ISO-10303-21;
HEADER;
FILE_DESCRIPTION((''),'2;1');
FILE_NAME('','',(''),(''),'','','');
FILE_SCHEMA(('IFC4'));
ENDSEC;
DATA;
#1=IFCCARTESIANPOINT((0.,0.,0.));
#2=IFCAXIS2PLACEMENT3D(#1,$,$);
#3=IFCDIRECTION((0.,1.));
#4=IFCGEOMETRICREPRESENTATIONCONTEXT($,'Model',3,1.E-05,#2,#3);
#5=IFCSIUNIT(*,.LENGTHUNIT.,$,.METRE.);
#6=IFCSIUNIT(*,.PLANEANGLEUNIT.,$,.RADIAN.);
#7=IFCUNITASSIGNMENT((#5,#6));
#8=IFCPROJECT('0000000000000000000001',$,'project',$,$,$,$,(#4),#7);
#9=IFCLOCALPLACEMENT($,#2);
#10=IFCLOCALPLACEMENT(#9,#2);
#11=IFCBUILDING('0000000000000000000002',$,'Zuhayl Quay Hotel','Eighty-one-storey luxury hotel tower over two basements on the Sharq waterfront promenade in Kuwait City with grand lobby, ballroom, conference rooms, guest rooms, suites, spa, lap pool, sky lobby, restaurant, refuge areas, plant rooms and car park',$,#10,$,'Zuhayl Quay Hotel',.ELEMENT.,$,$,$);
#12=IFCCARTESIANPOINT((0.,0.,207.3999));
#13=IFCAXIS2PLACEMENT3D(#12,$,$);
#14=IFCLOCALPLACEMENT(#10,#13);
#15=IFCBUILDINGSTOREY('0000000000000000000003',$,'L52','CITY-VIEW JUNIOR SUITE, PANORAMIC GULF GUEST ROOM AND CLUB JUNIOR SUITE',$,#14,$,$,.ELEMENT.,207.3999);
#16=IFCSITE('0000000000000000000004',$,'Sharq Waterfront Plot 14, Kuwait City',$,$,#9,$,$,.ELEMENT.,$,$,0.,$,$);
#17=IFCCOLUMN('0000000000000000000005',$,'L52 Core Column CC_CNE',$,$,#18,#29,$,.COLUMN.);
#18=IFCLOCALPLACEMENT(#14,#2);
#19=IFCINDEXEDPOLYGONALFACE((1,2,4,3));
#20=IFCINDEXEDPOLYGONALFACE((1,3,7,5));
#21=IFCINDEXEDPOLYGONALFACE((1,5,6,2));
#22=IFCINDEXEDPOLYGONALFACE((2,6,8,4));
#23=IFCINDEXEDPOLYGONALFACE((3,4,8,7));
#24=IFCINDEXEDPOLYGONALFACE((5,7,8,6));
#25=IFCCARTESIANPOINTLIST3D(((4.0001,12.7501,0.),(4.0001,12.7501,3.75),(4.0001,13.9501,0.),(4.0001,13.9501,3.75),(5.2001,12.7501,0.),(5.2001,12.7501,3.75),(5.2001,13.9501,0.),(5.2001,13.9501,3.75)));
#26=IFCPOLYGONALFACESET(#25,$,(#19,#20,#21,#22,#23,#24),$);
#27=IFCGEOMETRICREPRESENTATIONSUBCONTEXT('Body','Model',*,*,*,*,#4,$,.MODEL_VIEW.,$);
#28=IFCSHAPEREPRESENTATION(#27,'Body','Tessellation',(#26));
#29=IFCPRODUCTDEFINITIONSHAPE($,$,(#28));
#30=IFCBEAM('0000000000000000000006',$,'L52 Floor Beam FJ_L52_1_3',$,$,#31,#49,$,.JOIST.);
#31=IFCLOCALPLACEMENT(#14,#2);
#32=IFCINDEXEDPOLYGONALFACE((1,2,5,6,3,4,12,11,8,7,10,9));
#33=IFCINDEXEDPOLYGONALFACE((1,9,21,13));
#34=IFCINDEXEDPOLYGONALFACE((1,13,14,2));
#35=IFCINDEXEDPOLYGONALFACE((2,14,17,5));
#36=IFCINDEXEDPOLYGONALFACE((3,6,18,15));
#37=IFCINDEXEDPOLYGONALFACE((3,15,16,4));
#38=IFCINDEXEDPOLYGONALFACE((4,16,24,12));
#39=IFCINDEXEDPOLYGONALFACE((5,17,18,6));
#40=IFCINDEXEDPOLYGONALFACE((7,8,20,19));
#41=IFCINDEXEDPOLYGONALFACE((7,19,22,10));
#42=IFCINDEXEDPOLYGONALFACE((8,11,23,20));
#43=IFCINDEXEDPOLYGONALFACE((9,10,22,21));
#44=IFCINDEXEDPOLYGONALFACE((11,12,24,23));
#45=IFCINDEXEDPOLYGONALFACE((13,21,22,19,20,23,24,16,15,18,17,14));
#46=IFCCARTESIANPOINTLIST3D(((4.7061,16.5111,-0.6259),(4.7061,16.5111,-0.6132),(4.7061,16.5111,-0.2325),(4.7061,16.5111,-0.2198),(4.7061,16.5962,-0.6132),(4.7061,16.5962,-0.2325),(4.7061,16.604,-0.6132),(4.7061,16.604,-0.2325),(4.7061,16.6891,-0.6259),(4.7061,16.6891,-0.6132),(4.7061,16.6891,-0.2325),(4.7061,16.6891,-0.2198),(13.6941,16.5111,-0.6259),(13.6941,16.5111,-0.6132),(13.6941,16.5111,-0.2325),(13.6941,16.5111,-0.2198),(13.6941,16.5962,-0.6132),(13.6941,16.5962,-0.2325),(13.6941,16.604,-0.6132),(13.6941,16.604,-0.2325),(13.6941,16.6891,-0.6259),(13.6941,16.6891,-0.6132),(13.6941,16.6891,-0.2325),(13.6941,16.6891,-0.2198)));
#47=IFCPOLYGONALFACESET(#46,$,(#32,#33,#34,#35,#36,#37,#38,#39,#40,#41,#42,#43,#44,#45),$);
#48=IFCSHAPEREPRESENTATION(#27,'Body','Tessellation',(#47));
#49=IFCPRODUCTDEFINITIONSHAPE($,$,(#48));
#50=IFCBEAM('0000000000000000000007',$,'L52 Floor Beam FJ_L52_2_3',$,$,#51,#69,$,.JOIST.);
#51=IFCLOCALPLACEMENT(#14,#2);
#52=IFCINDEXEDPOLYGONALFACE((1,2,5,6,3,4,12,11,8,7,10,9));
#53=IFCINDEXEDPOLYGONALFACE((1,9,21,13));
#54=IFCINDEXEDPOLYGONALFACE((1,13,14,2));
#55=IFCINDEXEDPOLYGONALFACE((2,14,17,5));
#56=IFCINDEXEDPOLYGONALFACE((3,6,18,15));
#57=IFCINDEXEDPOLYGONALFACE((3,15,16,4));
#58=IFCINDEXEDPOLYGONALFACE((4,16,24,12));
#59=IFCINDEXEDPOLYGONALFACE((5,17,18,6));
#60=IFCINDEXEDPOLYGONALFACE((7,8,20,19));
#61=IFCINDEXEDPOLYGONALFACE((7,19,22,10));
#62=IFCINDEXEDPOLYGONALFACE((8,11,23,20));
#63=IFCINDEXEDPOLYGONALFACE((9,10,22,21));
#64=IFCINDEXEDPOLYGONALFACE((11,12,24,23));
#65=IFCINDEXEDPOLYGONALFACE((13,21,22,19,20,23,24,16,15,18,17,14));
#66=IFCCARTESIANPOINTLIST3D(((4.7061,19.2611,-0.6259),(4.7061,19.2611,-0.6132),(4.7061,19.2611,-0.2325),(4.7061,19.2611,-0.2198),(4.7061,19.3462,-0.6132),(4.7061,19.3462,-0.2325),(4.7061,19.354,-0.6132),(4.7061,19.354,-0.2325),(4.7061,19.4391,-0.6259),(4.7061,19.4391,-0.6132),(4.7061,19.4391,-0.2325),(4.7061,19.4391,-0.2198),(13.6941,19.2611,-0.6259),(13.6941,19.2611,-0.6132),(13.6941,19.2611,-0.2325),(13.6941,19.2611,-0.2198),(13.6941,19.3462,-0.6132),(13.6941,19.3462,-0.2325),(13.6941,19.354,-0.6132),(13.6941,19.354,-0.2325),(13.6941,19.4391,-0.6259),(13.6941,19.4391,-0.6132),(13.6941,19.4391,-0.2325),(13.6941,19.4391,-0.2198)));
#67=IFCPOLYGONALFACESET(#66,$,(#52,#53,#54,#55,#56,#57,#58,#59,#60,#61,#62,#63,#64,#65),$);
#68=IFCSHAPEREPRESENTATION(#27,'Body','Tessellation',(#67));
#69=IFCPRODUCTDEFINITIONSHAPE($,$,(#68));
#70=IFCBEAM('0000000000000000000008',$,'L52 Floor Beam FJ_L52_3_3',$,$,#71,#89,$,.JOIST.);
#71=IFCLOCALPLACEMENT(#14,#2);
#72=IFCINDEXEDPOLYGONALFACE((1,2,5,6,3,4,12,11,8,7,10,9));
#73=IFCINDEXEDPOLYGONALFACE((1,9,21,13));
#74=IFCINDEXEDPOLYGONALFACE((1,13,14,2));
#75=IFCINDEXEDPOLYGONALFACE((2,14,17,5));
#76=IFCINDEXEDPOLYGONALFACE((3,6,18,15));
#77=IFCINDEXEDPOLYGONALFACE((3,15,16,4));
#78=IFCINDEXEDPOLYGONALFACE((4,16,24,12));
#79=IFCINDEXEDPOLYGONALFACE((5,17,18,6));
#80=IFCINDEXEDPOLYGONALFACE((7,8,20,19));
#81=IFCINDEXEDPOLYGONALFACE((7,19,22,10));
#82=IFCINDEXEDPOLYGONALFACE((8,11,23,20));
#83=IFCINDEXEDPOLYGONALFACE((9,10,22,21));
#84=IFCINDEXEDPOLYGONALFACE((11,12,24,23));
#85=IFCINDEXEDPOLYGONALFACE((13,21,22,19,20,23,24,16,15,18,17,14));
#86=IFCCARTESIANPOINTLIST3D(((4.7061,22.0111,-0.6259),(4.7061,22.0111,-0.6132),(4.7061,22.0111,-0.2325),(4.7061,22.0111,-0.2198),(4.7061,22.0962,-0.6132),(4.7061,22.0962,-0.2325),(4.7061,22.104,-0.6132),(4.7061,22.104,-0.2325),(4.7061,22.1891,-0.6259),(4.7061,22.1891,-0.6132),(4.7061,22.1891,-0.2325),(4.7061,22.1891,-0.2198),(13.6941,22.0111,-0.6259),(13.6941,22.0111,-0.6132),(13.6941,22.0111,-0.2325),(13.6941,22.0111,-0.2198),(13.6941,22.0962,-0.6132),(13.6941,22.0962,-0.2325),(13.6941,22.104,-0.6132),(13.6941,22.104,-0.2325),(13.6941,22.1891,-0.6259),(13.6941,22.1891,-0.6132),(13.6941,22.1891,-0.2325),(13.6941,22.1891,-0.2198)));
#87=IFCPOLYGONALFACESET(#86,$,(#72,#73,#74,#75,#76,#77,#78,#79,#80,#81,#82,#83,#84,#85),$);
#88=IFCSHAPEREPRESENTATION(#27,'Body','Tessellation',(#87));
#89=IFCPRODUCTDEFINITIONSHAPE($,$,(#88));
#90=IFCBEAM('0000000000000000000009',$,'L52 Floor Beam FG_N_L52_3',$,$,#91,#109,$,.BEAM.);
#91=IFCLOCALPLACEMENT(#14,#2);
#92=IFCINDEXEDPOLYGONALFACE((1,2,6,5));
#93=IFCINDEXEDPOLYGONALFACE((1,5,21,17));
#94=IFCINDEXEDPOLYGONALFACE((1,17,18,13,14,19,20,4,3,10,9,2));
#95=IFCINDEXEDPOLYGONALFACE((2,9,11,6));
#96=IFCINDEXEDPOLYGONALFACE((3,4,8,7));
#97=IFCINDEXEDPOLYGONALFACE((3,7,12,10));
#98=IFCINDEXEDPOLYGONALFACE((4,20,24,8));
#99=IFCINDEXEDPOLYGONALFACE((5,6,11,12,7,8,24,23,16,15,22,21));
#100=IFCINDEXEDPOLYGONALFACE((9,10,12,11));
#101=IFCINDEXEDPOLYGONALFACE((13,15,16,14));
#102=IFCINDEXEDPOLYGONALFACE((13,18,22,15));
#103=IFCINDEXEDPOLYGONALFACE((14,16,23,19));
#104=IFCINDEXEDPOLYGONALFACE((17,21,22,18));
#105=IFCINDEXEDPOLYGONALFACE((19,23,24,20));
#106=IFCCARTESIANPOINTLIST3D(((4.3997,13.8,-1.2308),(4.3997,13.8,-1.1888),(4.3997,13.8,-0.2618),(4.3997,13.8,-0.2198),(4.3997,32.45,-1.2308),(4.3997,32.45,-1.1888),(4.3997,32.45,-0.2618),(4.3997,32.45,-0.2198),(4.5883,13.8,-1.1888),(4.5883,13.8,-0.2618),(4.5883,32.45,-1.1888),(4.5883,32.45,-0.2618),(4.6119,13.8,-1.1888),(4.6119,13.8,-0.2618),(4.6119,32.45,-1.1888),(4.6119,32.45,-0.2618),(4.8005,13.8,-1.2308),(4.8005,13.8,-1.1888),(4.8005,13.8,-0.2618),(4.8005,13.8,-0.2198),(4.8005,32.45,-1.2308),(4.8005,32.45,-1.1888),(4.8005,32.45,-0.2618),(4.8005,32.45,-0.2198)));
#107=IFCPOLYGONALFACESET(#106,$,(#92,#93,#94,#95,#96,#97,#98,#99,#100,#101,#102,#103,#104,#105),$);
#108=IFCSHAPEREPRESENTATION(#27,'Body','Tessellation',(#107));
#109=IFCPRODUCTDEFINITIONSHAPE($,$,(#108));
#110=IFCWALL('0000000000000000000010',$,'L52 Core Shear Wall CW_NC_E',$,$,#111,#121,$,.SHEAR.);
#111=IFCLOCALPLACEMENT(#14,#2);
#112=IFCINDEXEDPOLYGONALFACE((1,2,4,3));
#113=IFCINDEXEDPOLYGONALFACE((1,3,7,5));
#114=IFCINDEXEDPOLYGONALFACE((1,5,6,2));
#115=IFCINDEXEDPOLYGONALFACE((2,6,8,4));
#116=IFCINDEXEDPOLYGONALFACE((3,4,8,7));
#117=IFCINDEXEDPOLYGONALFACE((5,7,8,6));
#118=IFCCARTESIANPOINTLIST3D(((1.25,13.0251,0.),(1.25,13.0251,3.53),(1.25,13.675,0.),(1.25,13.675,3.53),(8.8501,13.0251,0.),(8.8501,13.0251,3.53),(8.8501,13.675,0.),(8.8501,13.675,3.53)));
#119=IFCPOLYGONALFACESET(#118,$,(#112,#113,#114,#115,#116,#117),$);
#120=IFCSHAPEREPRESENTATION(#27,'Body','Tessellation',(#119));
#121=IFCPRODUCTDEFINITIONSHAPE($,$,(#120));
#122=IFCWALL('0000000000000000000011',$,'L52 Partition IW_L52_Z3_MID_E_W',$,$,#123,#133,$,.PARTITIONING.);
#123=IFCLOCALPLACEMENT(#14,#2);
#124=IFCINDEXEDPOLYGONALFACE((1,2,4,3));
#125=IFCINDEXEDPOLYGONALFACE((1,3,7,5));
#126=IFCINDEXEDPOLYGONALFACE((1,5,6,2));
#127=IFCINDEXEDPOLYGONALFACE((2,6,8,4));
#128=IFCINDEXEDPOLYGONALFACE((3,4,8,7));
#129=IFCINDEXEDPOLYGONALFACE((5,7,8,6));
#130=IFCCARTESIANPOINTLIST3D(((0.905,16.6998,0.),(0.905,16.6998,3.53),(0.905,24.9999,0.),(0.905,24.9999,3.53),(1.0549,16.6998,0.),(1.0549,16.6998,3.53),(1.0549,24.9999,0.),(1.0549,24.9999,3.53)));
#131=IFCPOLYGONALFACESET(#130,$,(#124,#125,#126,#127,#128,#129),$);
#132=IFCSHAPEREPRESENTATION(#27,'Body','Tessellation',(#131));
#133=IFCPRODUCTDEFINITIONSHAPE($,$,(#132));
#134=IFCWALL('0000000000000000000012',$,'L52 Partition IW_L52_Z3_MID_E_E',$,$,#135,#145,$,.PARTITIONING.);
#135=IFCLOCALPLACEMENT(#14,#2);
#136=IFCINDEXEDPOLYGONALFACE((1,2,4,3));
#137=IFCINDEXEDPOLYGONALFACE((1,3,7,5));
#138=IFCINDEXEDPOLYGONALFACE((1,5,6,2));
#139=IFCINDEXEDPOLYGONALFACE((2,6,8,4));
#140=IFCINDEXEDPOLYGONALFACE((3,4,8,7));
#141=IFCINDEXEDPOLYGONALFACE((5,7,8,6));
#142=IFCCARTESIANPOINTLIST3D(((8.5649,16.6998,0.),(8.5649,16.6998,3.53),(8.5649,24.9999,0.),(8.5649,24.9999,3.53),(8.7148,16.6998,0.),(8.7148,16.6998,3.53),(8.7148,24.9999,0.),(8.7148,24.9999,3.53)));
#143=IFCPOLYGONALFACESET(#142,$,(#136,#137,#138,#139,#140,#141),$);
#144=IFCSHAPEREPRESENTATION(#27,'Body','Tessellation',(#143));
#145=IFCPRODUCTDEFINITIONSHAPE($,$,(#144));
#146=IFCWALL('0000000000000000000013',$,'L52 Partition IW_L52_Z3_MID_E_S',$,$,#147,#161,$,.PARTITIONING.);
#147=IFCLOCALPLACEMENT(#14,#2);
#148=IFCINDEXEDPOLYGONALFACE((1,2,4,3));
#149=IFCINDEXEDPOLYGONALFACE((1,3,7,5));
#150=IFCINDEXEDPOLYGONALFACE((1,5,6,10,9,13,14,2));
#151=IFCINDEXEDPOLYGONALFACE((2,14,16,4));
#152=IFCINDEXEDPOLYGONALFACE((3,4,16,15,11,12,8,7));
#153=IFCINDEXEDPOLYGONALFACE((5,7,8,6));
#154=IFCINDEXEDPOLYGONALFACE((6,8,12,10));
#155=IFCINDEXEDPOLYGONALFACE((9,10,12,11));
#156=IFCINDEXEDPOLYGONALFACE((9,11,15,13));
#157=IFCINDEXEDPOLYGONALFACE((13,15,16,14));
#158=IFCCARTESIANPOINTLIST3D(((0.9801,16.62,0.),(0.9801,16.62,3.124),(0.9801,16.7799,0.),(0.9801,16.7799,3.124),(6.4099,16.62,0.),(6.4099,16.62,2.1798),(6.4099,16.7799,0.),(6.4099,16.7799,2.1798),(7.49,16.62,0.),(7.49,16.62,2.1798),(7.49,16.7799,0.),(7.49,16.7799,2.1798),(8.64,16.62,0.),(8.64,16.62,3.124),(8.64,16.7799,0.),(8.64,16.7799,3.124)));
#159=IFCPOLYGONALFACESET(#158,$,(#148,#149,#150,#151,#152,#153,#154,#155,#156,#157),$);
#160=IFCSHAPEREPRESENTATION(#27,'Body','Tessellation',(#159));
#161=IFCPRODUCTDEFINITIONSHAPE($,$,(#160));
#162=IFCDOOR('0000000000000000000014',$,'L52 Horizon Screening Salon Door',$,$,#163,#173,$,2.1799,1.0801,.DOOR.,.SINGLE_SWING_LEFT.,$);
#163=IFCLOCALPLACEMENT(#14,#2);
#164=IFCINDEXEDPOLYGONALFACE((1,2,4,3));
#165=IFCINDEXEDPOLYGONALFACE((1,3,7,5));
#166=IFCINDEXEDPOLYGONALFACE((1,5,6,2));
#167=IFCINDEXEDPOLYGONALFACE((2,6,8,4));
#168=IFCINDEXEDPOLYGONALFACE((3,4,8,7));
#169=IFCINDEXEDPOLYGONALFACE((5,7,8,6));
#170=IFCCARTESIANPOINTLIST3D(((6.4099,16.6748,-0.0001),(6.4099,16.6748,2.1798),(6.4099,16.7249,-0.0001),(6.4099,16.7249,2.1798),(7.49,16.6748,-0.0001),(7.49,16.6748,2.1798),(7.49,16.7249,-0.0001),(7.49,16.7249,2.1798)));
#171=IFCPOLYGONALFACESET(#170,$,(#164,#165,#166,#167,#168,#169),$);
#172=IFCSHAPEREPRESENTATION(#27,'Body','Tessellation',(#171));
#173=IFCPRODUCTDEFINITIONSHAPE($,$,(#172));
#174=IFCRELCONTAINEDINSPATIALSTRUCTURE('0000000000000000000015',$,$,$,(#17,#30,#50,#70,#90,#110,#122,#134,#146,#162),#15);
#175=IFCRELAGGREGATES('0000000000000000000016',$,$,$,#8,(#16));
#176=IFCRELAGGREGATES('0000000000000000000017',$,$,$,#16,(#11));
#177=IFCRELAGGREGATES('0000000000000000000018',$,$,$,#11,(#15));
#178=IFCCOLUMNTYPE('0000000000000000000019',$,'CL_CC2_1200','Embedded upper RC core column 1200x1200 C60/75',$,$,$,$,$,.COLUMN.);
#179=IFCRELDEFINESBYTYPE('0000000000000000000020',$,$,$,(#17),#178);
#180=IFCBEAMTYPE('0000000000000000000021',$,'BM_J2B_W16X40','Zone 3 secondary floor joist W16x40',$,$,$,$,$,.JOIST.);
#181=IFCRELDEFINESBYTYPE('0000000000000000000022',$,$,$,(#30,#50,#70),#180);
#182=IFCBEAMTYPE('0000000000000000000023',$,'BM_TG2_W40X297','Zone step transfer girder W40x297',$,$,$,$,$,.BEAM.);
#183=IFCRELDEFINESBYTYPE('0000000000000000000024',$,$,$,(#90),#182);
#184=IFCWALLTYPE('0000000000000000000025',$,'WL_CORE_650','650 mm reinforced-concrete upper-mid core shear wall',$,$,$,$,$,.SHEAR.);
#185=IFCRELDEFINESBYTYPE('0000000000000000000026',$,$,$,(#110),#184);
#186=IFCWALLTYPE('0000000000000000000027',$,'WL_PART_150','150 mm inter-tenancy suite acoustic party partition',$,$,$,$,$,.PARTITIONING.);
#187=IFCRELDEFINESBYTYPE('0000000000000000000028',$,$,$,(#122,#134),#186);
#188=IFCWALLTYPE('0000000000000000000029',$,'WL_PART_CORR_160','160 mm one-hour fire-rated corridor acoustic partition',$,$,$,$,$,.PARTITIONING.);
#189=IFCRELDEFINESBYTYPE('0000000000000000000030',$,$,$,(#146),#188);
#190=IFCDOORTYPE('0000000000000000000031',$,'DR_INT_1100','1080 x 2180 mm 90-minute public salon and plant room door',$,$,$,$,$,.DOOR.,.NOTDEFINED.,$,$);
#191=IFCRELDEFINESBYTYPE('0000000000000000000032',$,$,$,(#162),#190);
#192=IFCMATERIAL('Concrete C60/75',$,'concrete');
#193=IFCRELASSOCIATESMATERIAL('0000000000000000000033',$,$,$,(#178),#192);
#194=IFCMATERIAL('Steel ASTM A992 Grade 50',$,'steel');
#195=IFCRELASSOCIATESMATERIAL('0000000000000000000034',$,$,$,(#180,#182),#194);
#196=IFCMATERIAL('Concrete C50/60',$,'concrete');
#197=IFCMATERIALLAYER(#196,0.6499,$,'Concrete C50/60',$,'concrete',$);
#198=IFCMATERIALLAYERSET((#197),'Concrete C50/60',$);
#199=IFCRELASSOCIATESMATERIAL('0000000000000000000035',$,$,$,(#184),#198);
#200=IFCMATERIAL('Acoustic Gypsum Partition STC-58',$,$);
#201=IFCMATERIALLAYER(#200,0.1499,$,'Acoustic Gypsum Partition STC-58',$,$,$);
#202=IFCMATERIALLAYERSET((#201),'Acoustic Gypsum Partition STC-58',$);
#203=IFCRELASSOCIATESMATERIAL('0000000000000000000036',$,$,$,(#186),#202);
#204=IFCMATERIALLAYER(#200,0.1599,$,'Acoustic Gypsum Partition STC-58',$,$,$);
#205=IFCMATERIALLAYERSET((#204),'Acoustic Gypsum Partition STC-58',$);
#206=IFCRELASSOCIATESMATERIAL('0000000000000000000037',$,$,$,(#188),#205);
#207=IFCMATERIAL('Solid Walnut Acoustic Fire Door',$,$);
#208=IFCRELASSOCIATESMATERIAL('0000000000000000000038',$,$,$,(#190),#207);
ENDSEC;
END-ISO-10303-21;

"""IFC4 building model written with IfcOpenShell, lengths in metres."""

from ifc_helpers import new_model, si_unit, direction, frame, frame_2d, origin, origin_2d, place, context, subcontext, project, spatial, rectangle, i_section, extrude, material, layer, layer_set, material_profile, profile_set, type_object, element, fill, save


model = new_model("IFC4")

# Units and contexts
model_context = context("Model", 3, precision=1e-05, world=origin(), true_north=direction((0.0, 1.0)))
body_context = subcontext(model_context, "Body", "Model", "MODEL_VIEW")
ifc_project = project(units=[si_unit("LENGTHUNIT", "METRE"), si_unit("PLANEANGLEUNIT", "RADIAN")], contexts=[model_context])

# Site, building, storey
site_placement = place(None, origin())
site = spatial("IfcSite", under=ifc_project, at=site_placement, Name="Sharq Waterfront Plot 14, Kuwait City", CompositionType="ELEMENT", RefElevation=0.0)
building_placement = place(site_placement, origin())
building = spatial("IfcBuilding", under=site, at=building_placement, Name="Zuhayl Quay Hotel", Description="Eighty-one-storey luxury hotel tower over two basements on the Sharq waterfront promenade in Kuwait City with grand lobby, ballroom, conference rooms, guest rooms, suites, spa, lap pool, sky lobby, restaurant, refuge areas, plant rooms and car park", LongName="Zuhayl Quay Hotel", CompositionType="ELEMENT")
storey_placement = place(building_placement, frame((0.0, 0.0, 207.3999)))
storey = spatial("IfcBuildingStorey", under=building, at=storey_placement, Name="L52", Description="CITY-VIEW JUNIOR SUITE, PANORAMIC GULF GUEST ROOM AND CLUB JUNIOR SUITE", CompositionType="ELEMENT", Elevation=207.3999)

# Column
ifc_material_1 = material(Name="Concrete C60/75", Category="concrete")
ifc_material_profile_1 = material_profile(ifc_material_1, rectangle(XDim=1.2, YDim=1.2, at=origin_2d()), Name="RC1200X1200")
ifc_profile_set_1 = profile_set([ifc_material_profile_1], Name="Concrete C60/75")
column_type = type_object("IfcColumnType", Name="CL_CC2_1200", Description="Embedded upper RC core column 1200x1200 C60/75", PredefinedType="COLUMN", material=ifc_profile_set_1)
column_placement = place(storey_placement, frame((4.6001, 13.3501, 0.0), z_axis=(0.0, 0.0, 1.0), x_axis=(1.0, 0.0, 0.0)))
element("IfcColumn", 1, at=column_placement, inside=storey, type_object=column_type, Name="L52 Core Column CC_CNE", PredefinedType="COLUMN", context=body_context, shape_type="SweptSolid", body=[
    extrude(rectangle(XDim=1.2, YDim=1.2, at=origin_2d()), origin(), (0.0, 0.0, 1.0), 3.75),
])

# Beams
ifc_material_2 = material(Name="Steel ASTM A992 Grade 50", Category="steel")
ifc_material_profile_2 = material_profile(ifc_material_2, i_section(OverallWidth=0.178, OverallDepth=0.406, WebThickness=0.0078, FlangeThickness=0.0127, at=origin_2d()), Name="W16X40")
ifc_profile_set_2 = profile_set([ifc_material_profile_2], Name="Steel ASTM A992 Grade 50")
beam_type_1 = type_object("IfcBeamType", Name="BM_J2B_W16X40", Description="Zone 3 secondary floor joist W16x40", PredefinedType="JOIST", material=ifc_profile_set_2)
for number, where, z_axis, x_axis, name in (
    (2, (4.7061, 16.6001, -0.4229), (1.0, 0.0, 0.0), (0.0, 1.0, 0.0), "L52 Floor Beam FJ_L52_1_3"),
    (3, (4.7061, 19.3501, -0.4229), (1.0, 0.0, 0.0), (0.0, 1.0, 0.0), "L52 Floor Beam FJ_L52_2_3"),
    (4, (4.7061, 22.1001, -0.4229), (1.0, 0.0, 0.0), (0.0, 1.0, 0.0), "L52 Floor Beam FJ_L52_3_3"),
):
    element("IfcBeam", number, at=place(storey_placement, frame(where, z_axis=z_axis, x_axis=x_axis)), inside=storey, type_object=beam_type_1, Name=name, PredefinedType="JOIST", context=body_context, shape_type="SweptSolid", body=[
        extrude(i_section(OverallWidth=0.178, OverallDepth=0.406, WebThickness=0.0078, FlangeThickness=0.0127, at=origin_2d()), origin(), (0.0, 0.0, 1.0), 8.988),
    ])
ifc_material_profile_3 = material_profile(ifc_material_2, i_section(OverallWidth=0.4009, OverallDepth=1.011, WebThickness=0.0237, FlangeThickness=0.042, at=origin_2d()), Name="W40X297")
ifc_profile_set_3 = profile_set([ifc_material_profile_3], Name="Steel ASTM A992 Grade 50")
beam_type_2 = type_object("IfcBeamType", Name="BM_TG2_W40X297", Description="Zone step transfer girder W40x297", PredefinedType="BEAM", material=ifc_profile_set_3)
beam_placement = place(storey_placement, frame((4.6001, 13.8, -0.7253), z_axis=(0.0, 1.0, 0.0), x_axis=(-1.0, 0.0, 0.0)))
element("IfcBeam", 5, at=beam_placement, inside=storey, type_object=beam_type_2, Name="L52 Floor Beam FG_N_L52_3", PredefinedType="BEAM", context=body_context, shape_type="SweptSolid", body=[
    extrude(i_section(OverallWidth=0.4009, OverallDepth=1.011, WebThickness=0.0237, FlangeThickness=0.042, at=origin_2d()), origin(), (0.0, 0.0, 1.0), 18.6499),
])

# Wall
ifc_material_3 = material(Name="Concrete C50/60", Category="concrete")
ifc_layer_1 = layer(ifc_material_3, 0.6499, Name="Concrete C50/60", Category="concrete")
ifc_layer_set_1 = layer_set([ifc_layer_1], Name="Concrete C50/60")
wall_type_1 = type_object("IfcWallType", Name="WL_CORE_650", Description="650 mm reinforced-concrete upper-mid core shear wall", PredefinedType="SHEAR", material=ifc_layer_set_1)
wall_1_placement = place(storey_placement, frame((1.25, 13.3501, 0.0), z_axis=(0.0, 0.0, 1.0), x_axis=(1.0, 0.0, 0.0)))
element("IfcWall", 6, at=wall_1_placement, inside=storey, type_object=wall_type_1, Name="L52 Core Shear Wall CW_NC_E", PredefinedType="SHEAR", context=body_context, shape_type="SweptSolid", body=[
    extrude(rectangle(XDim=7.6001, YDim=0.6499, at=frame_2d((3.8, 0.0))), origin(), (0.0, 0.0, 1.0), 3.53),
])

# Shared definitions
ifc_material_4 = material(Name="Acoustic Gypsum Partition STC-58")
ifc_layer_2 = layer(ifc_material_4, 0.1499, Name="Acoustic Gypsum Partition STC-58")
ifc_layer_set_2 = layer_set([ifc_layer_2], Name="Acoustic Gypsum Partition STC-58")
wall_type_2 = type_object("IfcWallType", Name="WL_PART_150", Description="150 mm inter-tenancy suite acoustic party partition", PredefinedType="PARTITIONING", material=ifc_layer_set_2)

# Walls
for number, where, z_axis, x_axis, name in (
    (7, (0.98, 16.7, 0.0), (0.0, 0.0, 1.0), (0.0, 1.0, 0.0), "L52 Partition IW_L52_Z3_MID_E_W"),
    (8, (8.6399, 16.7, 0.0), (0.0, 0.0, 1.0), (0.0, 1.0, 0.0), "L52 Partition IW_L52_Z3_MID_E_E"),
):
    element("IfcWall", number, at=place(storey_placement, frame(where, z_axis=z_axis, x_axis=x_axis)), inside=storey, type_object=wall_type_2, Name=name, PredefinedType="PARTITIONING", context=body_context, shape_type="SweptSolid", body=[
        extrude(rectangle(XDim=8.3, YDim=0.1499, at=frame_2d((4.1499, 0.0))), origin(), (0.0, 0.0, 1.0), 3.53),
    ])

# Wall, opening, door
ifc_layer_3 = layer(ifc_material_4, 0.1599, Name="Acoustic Gypsum Partition STC-58")
ifc_layer_set_3 = layer_set([ifc_layer_3], Name="Acoustic Gypsum Partition STC-58")
wall_type_3 = type_object("IfcWallType", Name="WL_PART_CORR_160", Description="160 mm one-hour fire-rated corridor acoustic partition", PredefinedType="PARTITIONING", material=ifc_layer_set_3)
wall_2_placement = place(storey_placement, frame((0.98, 16.7, 0.0), z_axis=(0.0, 0.0, 1.0), x_axis=(1.0, 0.0, 0.0)))
wall_2 = element("IfcWall", 9, at=wall_2_placement, inside=storey, type_object=wall_type_3, Name="L52 Partition IW_L52_Z3_MID_E_S", PredefinedType="PARTITIONING", context=body_context, shape_type="SweptSolid", body=[
    extrude(rectangle(XDim=7.6599, YDim=0.1599, at=frame_2d((3.8301, 0.0))), origin(), (0.0, 0.0, 1.0), 3.124),
])
opening_1_placement = place(wall_2_placement, frame((5.4299, 0.0, 0.0)))
opening_1 = element("IfcOpeningElement", 10, at=opening_1_placement, cuts=wall_2, PredefinedType="OPENING", context=body_context, shape_type="SweptSolid", body=[
    extrude(rectangle(XDim=1.0801, YDim=2.1799, at=frame_2d((0.54, 1.0898))), frame((0.0, 0.0898, 0.0), z_axis=(0.0, -1.0, 0.0), x_axis=(1.0, 0.0, 0.0)), (0.0, 0.0, 1.0), 0.1799),
])
ifc_material_5 = material(Name="Solid Walnut Acoustic Fire Door")
door_type_1 = type_object("IfcDoorType", Name="DR_INT_1100", Description="1080 x 2180 mm 90-minute public salon and plant room door", OperationType="NOTDEFINED", PredefinedType="DOOR", material=ifc_material_5)
door_1_placement = place(opening_1_placement, origin())
door_1 = element("IfcDoor", 11, at=door_1_placement, inside=storey, type_object=door_type_1, Name="L52 Horizon Screening Salon Door", OperationType="SINGLE_SWING_LEFT", OverallHeight=2.1799, OverallWidth=1.0801, PredefinedType="DOOR", context=body_context, shape_type="SweptSolid", body=[
    extrude(rectangle(XDim=1.0801, YDim=2.1799, at=frame_2d((0.54, 1.0898))), frame((0.0, 0.0249, 0.0), z_axis=(0.0, -1.0, 0.0), x_axis=(1.0, 0.0, 0.0)), (0.0, 0.0, 1.0), 0.05),
])
fill(opening_1, door_1)

save(model, "model.ifc")
